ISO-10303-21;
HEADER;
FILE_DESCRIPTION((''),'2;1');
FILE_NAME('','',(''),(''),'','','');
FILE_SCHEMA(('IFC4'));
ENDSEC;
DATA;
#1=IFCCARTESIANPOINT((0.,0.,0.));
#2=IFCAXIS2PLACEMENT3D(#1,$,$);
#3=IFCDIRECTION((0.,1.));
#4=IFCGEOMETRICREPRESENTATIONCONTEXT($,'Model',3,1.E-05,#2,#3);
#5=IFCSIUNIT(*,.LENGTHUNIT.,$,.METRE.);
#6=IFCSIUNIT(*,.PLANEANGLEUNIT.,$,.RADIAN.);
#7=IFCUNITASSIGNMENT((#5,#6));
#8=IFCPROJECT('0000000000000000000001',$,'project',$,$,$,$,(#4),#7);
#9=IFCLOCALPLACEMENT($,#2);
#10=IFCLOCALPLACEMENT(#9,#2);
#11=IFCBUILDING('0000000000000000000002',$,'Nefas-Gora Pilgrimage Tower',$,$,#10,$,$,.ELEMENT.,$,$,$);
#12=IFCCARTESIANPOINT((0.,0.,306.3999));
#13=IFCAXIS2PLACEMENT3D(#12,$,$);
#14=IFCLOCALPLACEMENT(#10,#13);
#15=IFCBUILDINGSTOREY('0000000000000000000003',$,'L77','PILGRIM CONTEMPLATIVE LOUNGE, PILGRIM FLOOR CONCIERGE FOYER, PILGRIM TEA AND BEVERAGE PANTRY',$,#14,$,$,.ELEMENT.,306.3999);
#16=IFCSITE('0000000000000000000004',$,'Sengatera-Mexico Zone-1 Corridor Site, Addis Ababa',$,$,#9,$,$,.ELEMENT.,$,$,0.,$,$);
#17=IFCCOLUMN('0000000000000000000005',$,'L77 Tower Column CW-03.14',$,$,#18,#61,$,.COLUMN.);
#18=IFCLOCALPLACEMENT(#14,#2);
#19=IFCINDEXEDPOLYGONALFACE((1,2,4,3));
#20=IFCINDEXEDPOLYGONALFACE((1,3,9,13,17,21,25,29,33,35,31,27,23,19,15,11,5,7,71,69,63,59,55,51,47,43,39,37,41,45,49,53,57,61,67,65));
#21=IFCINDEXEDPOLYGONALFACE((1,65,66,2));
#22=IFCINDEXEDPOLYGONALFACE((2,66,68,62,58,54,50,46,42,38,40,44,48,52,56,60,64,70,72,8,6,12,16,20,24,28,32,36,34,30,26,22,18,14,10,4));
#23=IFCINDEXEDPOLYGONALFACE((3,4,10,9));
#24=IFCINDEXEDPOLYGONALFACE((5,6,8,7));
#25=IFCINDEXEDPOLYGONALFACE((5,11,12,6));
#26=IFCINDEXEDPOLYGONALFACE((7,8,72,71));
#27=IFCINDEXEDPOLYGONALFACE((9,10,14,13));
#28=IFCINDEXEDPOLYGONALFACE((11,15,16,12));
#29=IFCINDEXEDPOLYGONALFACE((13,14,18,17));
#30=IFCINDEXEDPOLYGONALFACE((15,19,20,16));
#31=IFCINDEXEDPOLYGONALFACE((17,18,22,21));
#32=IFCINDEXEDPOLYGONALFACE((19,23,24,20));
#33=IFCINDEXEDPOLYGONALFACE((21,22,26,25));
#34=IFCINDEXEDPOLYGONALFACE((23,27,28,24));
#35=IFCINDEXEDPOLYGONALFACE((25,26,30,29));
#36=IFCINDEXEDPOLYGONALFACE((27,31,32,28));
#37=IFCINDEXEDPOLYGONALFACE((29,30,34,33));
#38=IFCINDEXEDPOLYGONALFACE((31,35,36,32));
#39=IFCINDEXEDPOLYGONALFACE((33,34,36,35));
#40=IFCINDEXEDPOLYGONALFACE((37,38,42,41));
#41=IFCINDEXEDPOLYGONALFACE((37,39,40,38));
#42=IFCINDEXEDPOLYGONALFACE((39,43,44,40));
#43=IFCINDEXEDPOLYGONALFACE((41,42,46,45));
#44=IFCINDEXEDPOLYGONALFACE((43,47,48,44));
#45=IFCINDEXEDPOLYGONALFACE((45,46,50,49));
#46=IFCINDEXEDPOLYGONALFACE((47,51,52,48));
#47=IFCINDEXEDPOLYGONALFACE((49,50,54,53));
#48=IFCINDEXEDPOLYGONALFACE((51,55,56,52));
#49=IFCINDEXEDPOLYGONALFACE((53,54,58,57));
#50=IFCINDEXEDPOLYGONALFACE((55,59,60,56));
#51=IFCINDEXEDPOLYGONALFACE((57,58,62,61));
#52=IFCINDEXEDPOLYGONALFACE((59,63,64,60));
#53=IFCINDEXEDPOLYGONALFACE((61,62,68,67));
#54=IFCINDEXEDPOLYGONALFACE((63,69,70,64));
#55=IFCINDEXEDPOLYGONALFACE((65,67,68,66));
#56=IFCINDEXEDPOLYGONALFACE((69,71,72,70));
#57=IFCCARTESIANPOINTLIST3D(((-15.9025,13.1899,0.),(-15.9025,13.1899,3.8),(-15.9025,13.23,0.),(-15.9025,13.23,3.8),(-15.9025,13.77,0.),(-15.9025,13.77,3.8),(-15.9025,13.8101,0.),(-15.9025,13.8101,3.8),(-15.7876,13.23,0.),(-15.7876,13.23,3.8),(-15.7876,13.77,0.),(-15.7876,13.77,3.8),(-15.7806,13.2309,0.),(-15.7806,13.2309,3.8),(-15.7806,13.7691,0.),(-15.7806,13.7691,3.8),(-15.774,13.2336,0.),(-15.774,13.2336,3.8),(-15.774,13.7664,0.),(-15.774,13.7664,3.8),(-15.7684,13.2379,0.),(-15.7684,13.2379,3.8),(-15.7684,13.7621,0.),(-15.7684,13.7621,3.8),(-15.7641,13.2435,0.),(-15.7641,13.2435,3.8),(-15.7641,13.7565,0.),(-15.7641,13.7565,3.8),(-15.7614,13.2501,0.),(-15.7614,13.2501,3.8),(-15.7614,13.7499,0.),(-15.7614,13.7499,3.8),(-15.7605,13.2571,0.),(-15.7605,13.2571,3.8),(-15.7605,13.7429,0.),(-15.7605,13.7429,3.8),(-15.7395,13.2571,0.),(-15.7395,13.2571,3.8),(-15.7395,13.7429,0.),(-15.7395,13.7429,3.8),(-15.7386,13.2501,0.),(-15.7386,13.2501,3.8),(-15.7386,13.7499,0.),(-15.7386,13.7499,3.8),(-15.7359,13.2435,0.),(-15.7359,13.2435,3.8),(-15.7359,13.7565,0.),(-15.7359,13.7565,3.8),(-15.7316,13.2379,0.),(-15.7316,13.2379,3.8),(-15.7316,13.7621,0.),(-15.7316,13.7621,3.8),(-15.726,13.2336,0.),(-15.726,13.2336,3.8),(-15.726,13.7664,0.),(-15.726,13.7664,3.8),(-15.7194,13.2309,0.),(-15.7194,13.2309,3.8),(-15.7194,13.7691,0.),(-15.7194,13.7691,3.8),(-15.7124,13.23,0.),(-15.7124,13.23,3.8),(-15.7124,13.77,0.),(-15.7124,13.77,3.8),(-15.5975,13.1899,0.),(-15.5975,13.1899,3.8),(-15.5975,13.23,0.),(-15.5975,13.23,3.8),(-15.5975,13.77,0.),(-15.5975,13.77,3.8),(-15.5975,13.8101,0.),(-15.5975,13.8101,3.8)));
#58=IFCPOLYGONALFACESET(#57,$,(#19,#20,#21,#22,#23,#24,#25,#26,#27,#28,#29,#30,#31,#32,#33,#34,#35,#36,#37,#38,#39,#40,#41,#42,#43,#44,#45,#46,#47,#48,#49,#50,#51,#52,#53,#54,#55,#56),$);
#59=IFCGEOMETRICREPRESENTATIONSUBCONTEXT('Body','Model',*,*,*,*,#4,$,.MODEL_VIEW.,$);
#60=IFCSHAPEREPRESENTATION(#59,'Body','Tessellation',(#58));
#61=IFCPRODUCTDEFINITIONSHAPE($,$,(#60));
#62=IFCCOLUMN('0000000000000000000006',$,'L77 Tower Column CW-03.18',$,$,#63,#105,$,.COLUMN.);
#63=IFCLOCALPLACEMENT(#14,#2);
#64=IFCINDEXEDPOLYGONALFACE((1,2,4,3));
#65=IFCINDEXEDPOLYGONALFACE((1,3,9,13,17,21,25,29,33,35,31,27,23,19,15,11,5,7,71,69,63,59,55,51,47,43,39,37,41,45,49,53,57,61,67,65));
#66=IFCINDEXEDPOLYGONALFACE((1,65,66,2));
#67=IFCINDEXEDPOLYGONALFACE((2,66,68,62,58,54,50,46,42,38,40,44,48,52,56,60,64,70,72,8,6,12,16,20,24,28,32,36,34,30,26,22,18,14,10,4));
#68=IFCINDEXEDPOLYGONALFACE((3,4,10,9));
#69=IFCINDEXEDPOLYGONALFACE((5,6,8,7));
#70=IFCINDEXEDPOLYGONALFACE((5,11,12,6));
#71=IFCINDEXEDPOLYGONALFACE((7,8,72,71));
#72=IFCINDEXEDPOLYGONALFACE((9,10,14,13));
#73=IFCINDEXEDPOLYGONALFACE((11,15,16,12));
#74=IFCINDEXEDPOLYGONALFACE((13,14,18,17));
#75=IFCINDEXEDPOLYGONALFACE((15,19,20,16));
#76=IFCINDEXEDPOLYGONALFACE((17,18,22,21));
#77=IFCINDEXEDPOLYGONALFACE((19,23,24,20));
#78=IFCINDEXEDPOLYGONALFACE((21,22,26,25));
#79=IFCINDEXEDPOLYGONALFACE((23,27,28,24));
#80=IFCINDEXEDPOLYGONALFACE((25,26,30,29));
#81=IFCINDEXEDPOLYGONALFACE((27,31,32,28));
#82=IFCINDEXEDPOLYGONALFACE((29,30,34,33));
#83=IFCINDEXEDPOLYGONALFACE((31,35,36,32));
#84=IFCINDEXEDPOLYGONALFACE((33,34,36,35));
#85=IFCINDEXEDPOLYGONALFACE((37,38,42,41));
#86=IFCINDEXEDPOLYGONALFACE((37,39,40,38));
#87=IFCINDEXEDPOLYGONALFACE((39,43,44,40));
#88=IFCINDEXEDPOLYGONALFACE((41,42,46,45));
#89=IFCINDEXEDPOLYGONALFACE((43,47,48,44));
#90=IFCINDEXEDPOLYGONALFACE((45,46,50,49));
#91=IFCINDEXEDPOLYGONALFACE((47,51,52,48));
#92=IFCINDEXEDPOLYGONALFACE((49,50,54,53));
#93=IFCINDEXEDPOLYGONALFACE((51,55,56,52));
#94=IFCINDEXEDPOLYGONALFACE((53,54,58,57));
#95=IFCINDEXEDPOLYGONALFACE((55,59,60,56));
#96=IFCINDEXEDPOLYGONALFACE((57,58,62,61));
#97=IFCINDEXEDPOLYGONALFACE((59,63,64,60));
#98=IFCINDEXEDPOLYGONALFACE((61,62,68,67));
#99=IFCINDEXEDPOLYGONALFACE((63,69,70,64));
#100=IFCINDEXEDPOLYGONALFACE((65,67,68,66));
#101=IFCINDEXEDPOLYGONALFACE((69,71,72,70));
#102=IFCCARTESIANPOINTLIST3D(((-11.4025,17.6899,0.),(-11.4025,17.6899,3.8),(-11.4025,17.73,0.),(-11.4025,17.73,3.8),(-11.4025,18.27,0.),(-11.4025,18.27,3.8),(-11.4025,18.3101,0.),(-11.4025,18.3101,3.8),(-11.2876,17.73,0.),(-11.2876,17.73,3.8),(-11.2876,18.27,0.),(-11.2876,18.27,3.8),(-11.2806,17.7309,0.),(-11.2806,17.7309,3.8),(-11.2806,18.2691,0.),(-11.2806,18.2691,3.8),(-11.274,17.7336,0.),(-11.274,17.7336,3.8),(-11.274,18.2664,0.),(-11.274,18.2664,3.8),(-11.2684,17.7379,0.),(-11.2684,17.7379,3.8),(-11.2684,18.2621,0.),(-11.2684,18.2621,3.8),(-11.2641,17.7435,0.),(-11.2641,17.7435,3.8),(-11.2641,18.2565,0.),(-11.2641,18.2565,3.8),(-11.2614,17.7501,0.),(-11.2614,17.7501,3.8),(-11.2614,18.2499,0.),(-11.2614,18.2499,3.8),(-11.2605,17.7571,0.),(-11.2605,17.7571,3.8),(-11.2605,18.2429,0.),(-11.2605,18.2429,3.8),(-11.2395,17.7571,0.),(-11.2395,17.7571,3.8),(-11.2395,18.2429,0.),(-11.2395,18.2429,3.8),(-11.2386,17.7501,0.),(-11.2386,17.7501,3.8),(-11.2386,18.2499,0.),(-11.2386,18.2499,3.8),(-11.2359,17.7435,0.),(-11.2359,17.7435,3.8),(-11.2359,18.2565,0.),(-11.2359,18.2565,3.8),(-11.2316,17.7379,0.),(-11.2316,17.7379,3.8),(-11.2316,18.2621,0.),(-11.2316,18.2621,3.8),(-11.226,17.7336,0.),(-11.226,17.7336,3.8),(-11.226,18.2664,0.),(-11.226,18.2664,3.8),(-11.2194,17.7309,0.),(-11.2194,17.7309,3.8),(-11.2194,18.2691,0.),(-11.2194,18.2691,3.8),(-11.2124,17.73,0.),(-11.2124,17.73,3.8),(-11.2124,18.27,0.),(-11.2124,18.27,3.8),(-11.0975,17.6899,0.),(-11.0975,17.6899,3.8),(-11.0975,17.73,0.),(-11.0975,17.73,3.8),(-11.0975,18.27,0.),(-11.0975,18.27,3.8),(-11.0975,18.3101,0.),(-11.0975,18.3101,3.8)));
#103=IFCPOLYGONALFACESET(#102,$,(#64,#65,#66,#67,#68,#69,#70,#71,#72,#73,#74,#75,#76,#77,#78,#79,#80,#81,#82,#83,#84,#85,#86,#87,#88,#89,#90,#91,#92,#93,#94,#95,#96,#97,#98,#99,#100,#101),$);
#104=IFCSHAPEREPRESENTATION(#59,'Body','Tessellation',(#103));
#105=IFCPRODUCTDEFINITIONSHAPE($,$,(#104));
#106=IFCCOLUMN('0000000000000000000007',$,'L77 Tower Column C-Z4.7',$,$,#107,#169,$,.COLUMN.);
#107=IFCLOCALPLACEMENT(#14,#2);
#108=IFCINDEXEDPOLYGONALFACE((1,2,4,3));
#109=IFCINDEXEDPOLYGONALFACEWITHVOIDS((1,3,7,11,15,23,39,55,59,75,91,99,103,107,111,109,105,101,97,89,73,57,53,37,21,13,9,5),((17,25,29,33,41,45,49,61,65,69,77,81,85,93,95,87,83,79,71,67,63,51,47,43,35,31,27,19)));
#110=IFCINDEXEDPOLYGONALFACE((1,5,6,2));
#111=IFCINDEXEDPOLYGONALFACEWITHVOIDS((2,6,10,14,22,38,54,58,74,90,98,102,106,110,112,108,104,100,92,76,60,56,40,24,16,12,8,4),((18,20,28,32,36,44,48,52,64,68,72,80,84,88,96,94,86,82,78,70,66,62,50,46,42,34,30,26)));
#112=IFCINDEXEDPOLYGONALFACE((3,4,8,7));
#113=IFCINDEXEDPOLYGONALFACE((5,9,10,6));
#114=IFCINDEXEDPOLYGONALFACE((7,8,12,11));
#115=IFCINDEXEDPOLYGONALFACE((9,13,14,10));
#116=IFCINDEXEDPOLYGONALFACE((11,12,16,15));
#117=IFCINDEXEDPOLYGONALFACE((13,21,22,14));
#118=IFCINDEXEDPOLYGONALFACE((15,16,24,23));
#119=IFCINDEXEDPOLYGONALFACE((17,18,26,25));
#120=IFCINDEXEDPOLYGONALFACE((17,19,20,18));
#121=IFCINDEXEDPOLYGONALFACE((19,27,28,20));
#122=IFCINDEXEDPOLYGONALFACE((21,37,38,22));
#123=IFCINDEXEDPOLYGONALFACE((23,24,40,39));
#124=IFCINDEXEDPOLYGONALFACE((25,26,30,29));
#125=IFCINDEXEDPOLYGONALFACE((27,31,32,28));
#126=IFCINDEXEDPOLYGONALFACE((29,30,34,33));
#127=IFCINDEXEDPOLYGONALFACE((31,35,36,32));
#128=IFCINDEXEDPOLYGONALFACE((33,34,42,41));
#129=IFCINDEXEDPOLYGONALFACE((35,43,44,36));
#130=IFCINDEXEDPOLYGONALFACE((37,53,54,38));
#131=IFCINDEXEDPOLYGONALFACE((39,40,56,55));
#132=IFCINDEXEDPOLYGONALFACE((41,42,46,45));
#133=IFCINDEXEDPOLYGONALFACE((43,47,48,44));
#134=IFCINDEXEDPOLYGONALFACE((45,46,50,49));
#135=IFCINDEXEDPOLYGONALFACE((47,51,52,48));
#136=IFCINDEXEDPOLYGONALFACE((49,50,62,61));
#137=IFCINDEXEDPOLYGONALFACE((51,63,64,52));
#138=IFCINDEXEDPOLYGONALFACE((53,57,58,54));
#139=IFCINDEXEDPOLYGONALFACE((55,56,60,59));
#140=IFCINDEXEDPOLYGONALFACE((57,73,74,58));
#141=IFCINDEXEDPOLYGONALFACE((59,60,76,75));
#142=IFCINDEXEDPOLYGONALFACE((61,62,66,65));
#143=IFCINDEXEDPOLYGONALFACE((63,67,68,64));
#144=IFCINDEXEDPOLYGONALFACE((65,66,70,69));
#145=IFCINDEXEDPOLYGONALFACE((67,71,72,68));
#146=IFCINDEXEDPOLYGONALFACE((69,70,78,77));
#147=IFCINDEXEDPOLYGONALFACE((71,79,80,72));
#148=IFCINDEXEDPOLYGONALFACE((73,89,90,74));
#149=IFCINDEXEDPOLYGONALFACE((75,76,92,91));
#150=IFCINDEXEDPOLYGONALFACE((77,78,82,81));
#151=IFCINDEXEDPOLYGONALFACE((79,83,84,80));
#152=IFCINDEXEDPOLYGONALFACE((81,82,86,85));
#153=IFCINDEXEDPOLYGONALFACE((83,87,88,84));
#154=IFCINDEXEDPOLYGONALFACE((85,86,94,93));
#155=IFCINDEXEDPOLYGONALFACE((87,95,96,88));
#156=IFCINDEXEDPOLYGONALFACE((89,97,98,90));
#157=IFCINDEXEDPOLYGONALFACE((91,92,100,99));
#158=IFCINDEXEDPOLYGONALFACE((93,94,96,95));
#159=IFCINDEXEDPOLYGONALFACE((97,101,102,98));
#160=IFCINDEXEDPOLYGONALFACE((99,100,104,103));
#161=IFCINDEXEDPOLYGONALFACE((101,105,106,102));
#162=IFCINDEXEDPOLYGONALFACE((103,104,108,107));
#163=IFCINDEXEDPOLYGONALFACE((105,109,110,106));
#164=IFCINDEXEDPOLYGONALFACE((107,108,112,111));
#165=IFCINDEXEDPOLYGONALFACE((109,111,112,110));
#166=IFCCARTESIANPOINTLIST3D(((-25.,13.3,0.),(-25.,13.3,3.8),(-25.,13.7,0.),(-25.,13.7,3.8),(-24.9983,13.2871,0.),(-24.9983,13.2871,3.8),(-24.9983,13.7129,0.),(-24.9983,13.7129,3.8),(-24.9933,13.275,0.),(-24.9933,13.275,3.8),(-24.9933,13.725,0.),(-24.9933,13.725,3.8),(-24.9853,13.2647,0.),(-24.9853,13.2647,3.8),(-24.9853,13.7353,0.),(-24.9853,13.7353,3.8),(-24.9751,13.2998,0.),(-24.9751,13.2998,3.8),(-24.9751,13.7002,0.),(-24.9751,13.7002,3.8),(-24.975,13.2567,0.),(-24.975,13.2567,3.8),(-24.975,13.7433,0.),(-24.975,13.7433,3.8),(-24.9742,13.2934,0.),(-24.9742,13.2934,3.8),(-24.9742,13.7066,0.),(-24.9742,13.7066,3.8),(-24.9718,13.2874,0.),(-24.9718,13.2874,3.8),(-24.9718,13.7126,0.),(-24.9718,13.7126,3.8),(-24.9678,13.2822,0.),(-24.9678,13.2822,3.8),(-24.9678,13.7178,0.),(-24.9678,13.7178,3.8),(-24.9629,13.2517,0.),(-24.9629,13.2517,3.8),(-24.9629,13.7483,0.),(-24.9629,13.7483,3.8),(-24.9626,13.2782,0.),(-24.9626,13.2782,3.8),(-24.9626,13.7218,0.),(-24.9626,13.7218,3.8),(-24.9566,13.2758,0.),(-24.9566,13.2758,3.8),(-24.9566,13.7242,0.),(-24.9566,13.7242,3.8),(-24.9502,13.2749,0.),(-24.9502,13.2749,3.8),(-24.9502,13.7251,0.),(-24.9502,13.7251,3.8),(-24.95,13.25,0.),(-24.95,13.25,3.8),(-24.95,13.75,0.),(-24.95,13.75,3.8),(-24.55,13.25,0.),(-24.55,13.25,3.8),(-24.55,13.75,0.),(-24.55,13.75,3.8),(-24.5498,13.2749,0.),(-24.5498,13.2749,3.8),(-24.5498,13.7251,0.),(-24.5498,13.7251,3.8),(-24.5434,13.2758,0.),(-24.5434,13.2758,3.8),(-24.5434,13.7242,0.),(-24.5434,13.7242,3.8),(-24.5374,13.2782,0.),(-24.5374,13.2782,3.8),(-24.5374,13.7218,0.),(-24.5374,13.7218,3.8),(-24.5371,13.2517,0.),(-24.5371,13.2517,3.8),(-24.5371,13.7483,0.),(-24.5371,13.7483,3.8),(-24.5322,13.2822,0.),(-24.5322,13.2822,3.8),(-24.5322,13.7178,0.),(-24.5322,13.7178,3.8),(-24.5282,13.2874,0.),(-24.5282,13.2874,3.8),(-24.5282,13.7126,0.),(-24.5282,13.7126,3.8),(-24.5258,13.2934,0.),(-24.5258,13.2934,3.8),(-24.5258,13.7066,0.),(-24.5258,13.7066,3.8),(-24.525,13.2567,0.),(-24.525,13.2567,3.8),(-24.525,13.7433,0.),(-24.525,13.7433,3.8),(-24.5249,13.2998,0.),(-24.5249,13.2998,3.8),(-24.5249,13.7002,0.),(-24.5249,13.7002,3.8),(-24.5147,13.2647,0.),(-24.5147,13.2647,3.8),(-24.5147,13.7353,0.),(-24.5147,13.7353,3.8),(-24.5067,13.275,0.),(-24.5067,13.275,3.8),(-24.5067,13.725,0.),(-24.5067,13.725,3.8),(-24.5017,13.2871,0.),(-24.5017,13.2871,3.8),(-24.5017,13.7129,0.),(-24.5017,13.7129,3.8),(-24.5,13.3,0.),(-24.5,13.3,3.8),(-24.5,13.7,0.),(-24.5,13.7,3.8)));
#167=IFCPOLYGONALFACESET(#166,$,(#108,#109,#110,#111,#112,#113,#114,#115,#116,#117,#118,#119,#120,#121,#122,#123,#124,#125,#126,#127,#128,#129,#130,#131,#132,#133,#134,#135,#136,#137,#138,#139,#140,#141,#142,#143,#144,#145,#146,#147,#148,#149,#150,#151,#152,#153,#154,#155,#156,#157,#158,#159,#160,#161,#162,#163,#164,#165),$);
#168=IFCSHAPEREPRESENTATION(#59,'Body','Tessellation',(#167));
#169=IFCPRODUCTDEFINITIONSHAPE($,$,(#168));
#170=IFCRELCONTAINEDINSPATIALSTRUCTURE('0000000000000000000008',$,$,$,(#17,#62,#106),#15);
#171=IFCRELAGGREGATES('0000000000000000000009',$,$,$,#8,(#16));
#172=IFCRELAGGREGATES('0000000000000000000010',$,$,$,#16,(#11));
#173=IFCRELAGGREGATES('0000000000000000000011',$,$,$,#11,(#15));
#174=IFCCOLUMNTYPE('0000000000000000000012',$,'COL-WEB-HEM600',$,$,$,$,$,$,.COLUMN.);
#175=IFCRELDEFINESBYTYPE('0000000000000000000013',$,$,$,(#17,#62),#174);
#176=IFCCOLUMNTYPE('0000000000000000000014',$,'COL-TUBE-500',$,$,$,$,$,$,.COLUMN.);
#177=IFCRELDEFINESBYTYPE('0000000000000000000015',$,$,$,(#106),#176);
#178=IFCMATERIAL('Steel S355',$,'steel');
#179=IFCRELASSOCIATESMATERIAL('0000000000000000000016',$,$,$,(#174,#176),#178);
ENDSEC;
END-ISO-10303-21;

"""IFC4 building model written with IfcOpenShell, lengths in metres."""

from ifc_helpers import new_model, si_unit, direction, frame, origin, origin_2d, place, context, subcontext, project, spatial, hollow_rectangle, i_section, extrude, source, transform, mapped, material, material_profile, profile_set, type_object, element, save


model = new_model("IFC4")

# Units and contexts
model_context = context("Model", 3, precision=1e-05, world=origin(), true_north=direction((0.0, 1.0)))
body_context = subcontext(model_context, "Body", "Model", "MODEL_VIEW")
ifc_project = project(units=[si_unit("LENGTHUNIT", "METRE"), si_unit("PLANEANGLEUNIT", "RADIAN")], contexts=[model_context])

# Site, building, storey
site_placement = place(None, origin())
site = spatial("IfcSite", under=ifc_project, at=site_placement, Name="Sengatera-Mexico Zone-1 Corridor Site, Addis Ababa", CompositionType="ELEMENT", RefElevation=0.0)
building_placement = place(site_placement, origin())
building = spatial("IfcBuilding", under=site, at=building_placement, Name="Nefas-Gora Pilgrimage Tower", CompositionType="ELEMENT")
storey_placement = place(building_placement, frame((0.0, 0.0, 306.3999)))
storey = spatial("IfcBuildingStorey", under=building, at=storey_placement, Name="L77", Description="PILGRIM CONTEMPLATIVE LOUNGE, PILGRIM FLOOR CONCIERGE FOYER, PILGRIM TEA AND BEVERAGE PANTRY", CompositionType="ELEMENT", Elevation=306.3999)

# Columns
ifc_material_1 = material(Name="Steel S355", Category="steel")
ifc_material_profile_1 = material_profile(ifc_material_1, i_section(OverallWidth=0.3049, OverallDepth=0.6201, WebThickness=0.021, FlangeThickness=0.04, FilletRadius=0.0271, at=origin_2d()), Name="HEM 600")
ifc_profile_set_1 = profile_set([ifc_material_profile_1], Name="Steel S355")
column_type_1 = type_object("IfcColumnType", Name="COL-WEB-HEM600", PredefinedType="COLUMN", material=ifc_profile_set_1)
shared_shape_1 = source(origin(), body_context, "Body", "SweptSolid", [
    extrude(i_section(OverallWidth=0.3049, OverallDepth=0.6201, WebThickness=0.021, FlangeThickness=0.04, FilletRadius=0.0271, at=origin_2d()), origin(), (0.0, 0.0, 1.0), 3.8),
])
for number, where, z_axis, x_axis, name in (
    (1, (-15.75, 13.5, 0.0), (0.0, 0.0, 1.0), (1.0, 0.0, 0.0), "L77 Tower Column CW-03.14"),
    (2, (-11.25, 18.0, 0.0), (0.0, 0.0, 1.0), (1.0, 0.0, 0.0), "L77 Tower Column CW-03.18"),
):
    element("IfcColumn", number, at=place(storey_placement, frame(where, z_axis=z_axis, x_axis=x_axis)), inside=storey, type_object=column_type_1, Name=name, PredefinedType="COLUMN", context=body_context, shape_type="MappedRepresentation", body=[
        mapped(shared_shape_1, transform((0.0, 0.0, 0.0), x_axis=(1.0, 0.0, 0.0), y_axis=(0.0, 1.0, 0.0), z_axis=(0.0, 0.0, 1.0), scale=1.0)),
    ])
ifc_material_profile_2 = material_profile(ifc_material_1, hollow_rectangle(XDim=0.5, YDim=0.5, WallThickness=0.0249, InnerFilletRadius=0.0249, OuterFilletRadius=0.05, at=origin_2d()), Name="SHS 500x500x25")
ifc_profile_set_2 = profile_set([ifc_material_profile_2], Name="Steel S355")
column_type_2 = type_object("IfcColumnType", Name="COL-TUBE-500", PredefinedType="COLUMN", material=ifc_profile_set_2)
shared_shape_2 = source(origin(), body_context, "Body", "SweptSolid", [
    extrude(hollow_rectangle(XDim=0.5, YDim=0.5, WallThickness=0.0249, InnerFilletRadius=0.0249, OuterFilletRadius=0.05, at=origin_2d()), origin(), (0.0, 0.0, 1.0), 3.8),
])
column_placement = place(storey_placement, frame((-24.75, 13.5, 0.0), z_axis=(0.0, 0.0, 1.0), x_axis=(1.0, 0.0, 0.0)))
element("IfcColumn", 3, at=column_placement, inside=storey, type_object=column_type_2, Name="L77 Tower Column C-Z4.7", PredefinedType="COLUMN", context=body_context, shape_type="MappedRepresentation", body=[
    mapped(shared_shape_2, transform((0.0, 0.0, 0.0), x_axis=(1.0, 0.0, 0.0), y_axis=(0.0, 1.0, 0.0), z_axis=(0.0, 0.0, 1.0), scale=1.0)),
])

save(model, "model.ifc")
